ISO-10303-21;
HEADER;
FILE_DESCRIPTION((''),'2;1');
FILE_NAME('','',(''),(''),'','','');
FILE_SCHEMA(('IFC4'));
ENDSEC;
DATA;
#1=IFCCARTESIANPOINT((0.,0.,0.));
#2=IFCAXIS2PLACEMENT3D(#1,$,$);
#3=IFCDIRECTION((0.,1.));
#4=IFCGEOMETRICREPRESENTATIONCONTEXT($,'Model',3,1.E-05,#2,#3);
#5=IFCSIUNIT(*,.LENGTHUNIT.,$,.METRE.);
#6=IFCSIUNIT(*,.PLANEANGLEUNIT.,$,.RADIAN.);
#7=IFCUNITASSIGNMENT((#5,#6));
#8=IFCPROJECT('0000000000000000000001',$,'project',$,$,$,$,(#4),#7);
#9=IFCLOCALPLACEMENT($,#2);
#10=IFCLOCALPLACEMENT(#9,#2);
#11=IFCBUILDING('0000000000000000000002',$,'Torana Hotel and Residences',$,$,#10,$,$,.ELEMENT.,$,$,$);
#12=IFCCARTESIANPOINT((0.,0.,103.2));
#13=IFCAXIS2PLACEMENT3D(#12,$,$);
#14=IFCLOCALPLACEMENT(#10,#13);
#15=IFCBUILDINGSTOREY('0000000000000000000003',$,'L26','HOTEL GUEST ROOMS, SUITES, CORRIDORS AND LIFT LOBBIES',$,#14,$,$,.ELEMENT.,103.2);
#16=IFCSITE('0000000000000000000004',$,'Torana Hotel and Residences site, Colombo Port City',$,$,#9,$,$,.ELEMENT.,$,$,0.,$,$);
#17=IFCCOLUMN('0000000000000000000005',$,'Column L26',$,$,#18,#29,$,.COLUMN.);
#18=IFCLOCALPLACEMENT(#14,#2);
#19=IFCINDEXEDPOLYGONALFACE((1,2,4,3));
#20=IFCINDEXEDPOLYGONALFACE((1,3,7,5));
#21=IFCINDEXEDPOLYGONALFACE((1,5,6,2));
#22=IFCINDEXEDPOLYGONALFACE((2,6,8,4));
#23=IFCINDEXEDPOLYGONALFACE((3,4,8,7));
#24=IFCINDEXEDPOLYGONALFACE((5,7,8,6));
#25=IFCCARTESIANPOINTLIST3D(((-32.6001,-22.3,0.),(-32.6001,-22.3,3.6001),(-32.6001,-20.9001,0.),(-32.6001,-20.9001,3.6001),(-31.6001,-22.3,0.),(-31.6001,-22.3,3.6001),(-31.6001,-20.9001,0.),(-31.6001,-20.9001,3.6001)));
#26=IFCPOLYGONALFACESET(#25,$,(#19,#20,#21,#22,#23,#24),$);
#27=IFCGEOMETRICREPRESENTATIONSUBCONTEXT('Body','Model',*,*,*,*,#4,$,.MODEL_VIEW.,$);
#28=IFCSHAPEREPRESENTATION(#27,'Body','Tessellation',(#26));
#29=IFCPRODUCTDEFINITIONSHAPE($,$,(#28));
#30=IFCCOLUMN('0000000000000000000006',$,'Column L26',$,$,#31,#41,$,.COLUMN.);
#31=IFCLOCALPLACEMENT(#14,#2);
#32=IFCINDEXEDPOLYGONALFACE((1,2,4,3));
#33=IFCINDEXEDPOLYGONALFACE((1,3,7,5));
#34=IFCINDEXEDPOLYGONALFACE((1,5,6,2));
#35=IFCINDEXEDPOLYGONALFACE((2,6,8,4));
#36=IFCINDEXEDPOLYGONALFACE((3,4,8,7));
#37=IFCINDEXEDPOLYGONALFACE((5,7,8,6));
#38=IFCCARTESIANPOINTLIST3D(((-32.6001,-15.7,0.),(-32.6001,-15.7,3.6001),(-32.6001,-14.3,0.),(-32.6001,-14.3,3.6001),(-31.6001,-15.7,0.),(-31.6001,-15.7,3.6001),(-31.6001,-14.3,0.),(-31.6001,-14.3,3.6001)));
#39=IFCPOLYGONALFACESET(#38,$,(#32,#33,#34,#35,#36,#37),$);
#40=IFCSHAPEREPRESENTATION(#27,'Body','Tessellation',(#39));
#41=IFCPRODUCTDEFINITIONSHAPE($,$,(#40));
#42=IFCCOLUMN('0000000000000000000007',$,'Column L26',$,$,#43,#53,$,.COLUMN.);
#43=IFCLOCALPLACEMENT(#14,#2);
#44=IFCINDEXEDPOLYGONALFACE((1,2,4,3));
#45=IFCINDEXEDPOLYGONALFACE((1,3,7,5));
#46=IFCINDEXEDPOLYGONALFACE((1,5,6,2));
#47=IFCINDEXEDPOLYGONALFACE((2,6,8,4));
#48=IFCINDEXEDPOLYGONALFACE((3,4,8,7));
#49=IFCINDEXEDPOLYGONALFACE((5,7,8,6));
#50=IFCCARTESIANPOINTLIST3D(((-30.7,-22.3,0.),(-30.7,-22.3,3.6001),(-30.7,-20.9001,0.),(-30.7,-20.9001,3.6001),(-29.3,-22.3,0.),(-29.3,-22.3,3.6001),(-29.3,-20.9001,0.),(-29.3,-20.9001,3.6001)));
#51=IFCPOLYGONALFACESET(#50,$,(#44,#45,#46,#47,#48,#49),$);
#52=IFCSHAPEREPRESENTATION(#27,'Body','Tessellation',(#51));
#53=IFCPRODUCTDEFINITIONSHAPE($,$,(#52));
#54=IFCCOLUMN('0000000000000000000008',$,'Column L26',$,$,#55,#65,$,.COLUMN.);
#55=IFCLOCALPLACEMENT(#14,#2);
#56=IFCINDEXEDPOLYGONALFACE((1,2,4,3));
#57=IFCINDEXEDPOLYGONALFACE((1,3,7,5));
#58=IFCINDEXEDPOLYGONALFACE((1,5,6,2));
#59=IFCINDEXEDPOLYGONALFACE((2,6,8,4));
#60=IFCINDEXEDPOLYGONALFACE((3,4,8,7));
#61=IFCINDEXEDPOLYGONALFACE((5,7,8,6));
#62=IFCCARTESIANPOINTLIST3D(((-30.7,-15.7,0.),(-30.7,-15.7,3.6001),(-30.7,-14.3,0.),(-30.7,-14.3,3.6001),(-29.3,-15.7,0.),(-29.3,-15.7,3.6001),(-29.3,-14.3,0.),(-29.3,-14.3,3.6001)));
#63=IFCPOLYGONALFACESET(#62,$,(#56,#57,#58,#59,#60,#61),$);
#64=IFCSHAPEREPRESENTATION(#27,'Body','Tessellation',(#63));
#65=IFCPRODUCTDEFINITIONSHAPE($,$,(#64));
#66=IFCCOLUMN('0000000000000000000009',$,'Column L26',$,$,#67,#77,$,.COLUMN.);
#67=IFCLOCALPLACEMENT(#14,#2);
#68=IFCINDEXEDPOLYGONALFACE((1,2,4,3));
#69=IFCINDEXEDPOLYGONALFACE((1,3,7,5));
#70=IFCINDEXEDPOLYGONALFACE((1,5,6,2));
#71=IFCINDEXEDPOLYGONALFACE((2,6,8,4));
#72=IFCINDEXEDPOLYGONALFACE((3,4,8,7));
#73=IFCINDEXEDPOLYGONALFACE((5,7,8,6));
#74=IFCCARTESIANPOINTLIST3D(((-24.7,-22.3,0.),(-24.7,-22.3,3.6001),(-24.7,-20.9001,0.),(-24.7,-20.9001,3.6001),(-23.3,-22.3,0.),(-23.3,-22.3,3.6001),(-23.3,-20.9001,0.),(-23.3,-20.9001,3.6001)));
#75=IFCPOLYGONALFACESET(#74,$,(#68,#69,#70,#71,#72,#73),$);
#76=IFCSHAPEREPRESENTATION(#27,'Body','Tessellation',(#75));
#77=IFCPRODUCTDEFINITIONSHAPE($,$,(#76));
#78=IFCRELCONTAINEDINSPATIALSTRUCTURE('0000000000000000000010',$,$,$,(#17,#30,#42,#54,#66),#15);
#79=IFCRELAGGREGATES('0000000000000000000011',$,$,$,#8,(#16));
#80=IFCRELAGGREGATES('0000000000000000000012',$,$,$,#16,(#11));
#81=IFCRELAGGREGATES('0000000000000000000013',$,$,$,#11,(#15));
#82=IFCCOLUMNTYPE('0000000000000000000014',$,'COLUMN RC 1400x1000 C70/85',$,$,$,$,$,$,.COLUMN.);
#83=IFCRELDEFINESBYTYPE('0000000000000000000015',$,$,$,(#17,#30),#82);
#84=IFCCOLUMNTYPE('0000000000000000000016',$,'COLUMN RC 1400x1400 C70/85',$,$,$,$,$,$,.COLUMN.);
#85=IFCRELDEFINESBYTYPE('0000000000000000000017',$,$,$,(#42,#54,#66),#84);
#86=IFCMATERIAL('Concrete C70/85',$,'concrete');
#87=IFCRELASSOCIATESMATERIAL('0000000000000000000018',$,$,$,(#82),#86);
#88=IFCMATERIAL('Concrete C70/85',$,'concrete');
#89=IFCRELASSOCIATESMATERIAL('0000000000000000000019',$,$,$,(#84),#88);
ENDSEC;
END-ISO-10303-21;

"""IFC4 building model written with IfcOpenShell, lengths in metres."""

from ifc_helpers import new_model, si_unit, direction, frame, origin, origin_2d, place, context, subcontext, project, spatial, rectangle, extrude, material, material_profile, profile_set, type_object, element, save


model = new_model("IFC4")

# Units and contexts
model_context = context("Model", 3, precision=1e-05, world=origin(), true_north=direction((0.0, 1.0)))
body_context = subcontext(model_context, "Body", "Model", "MODEL_VIEW")
ifc_project = project(units=[si_unit("LENGTHUNIT", "METRE"), si_unit("PLANEANGLEUNIT", "RADIAN")], contexts=[model_context])

# Site, building, storey
site_placement = place(None, origin())
site = spatial("IfcSite", under=ifc_project, at=site_placement, Name="Torana Hotel and Residences site, Colombo Port City", CompositionType="ELEMENT", RefElevation=0.0)
building_placement = place(site_placement, origin())
building = spatial("IfcBuilding", under=site, at=building_placement, Name="Torana Hotel and Residences", CompositionType="ELEMENT")
storey_placement = place(building_placement, frame((0.0, 0.0, 103.2)))
storey = spatial("IfcBuildingStorey", under=building, at=storey_placement, Name="L26", Description="HOTEL GUEST ROOMS, SUITES, CORRIDORS AND LIFT LOBBIES", CompositionType="ELEMENT", Elevation=103.2)

# Columns
ifc_material_1 = material(Name="Concrete C70/85", Category="concrete")
ifc_material_profile_1 = material_profile(ifc_material_1, rectangle(XDim=1.3999, YDim=1.0, at=origin_2d()), Name="RC 1400x1000")
ifc_profile_set_1 = profile_set([ifc_material_profile_1], Name="Concrete C70/85")
column_type_1 = type_object("IfcColumnType", Name="COLUMN RC 1400x1000 C70/85", PredefinedType="COLUMN", material=ifc_profile_set_1)
for number, where, z_axis, x_axis, name in (
    (1, (-32.1001, -21.6001, 0.0), (0.0, 0.0, 1.0), (0.0, 1.0, 0.0), "Column L26"),
    (2, (-32.1001, -15.0, 0.0), (0.0, 0.0, 1.0), (0.0, 1.0, 0.0), "Column L26"),
):
    element("IfcColumn", number, at=place(storey_placement, frame(where, z_axis=z_axis, x_axis=x_axis)), inside=storey, type_object=column_type_1, Name=name, PredefinedType="COLUMN", context=body_context, shape_type="SweptSolid", body=[
        extrude(rectangle(XDim=1.3999, YDim=1.0, at=origin_2d()), origin(), (0.0, 0.0, 1.0), 3.6001),
    ])
ifc_material_2 = material(Name="Concrete C70/85", Category="concrete")
ifc_material_profile_2 = material_profile(ifc_material_2, rectangle(XDim=1.3999, YDim=1.3999, at=origin_2d()), Name="RC 1400x1400")
ifc_profile_set_2 = profile_set([ifc_material_profile_2], Name="Concrete C70/85")
column_type_2 = type_object("IfcColumnType", Name="COLUMN RC 1400x1400 C70/85", PredefinedType="COLUMN", material=ifc_profile_set_2)
for number, where, z_axis, x_axis, name in (
    (3, (-30.0, -21.6001, 0.0), (0.0, 0.0, 1.0), (1.0, 0.0, 0.0), "Column L26"),
    (4, (-30.0, -15.0, 0.0), (0.0, 0.0, 1.0), (1.0, 0.0, 0.0), "Column L26"),
    (5, (-24.0, -21.6001, 0.0), (0.0, 0.0, 1.0), (1.0, 0.0, 0.0), "Column L26"),
):
    element("IfcColumn", number, at=place(storey_placement, frame(where, z_axis=z_axis, x_axis=x_axis)), inside=storey, type_object=column_type_2, Name=name, PredefinedType="COLUMN", context=body_context, shape_type="SweptSolid", body=[
        extrude(rectangle(XDim=1.3999, YDim=1.3999, at=origin_2d()), origin(), (0.0, 0.0, 1.0), 3.6001),
    ])

save(model, "model.ifc")
